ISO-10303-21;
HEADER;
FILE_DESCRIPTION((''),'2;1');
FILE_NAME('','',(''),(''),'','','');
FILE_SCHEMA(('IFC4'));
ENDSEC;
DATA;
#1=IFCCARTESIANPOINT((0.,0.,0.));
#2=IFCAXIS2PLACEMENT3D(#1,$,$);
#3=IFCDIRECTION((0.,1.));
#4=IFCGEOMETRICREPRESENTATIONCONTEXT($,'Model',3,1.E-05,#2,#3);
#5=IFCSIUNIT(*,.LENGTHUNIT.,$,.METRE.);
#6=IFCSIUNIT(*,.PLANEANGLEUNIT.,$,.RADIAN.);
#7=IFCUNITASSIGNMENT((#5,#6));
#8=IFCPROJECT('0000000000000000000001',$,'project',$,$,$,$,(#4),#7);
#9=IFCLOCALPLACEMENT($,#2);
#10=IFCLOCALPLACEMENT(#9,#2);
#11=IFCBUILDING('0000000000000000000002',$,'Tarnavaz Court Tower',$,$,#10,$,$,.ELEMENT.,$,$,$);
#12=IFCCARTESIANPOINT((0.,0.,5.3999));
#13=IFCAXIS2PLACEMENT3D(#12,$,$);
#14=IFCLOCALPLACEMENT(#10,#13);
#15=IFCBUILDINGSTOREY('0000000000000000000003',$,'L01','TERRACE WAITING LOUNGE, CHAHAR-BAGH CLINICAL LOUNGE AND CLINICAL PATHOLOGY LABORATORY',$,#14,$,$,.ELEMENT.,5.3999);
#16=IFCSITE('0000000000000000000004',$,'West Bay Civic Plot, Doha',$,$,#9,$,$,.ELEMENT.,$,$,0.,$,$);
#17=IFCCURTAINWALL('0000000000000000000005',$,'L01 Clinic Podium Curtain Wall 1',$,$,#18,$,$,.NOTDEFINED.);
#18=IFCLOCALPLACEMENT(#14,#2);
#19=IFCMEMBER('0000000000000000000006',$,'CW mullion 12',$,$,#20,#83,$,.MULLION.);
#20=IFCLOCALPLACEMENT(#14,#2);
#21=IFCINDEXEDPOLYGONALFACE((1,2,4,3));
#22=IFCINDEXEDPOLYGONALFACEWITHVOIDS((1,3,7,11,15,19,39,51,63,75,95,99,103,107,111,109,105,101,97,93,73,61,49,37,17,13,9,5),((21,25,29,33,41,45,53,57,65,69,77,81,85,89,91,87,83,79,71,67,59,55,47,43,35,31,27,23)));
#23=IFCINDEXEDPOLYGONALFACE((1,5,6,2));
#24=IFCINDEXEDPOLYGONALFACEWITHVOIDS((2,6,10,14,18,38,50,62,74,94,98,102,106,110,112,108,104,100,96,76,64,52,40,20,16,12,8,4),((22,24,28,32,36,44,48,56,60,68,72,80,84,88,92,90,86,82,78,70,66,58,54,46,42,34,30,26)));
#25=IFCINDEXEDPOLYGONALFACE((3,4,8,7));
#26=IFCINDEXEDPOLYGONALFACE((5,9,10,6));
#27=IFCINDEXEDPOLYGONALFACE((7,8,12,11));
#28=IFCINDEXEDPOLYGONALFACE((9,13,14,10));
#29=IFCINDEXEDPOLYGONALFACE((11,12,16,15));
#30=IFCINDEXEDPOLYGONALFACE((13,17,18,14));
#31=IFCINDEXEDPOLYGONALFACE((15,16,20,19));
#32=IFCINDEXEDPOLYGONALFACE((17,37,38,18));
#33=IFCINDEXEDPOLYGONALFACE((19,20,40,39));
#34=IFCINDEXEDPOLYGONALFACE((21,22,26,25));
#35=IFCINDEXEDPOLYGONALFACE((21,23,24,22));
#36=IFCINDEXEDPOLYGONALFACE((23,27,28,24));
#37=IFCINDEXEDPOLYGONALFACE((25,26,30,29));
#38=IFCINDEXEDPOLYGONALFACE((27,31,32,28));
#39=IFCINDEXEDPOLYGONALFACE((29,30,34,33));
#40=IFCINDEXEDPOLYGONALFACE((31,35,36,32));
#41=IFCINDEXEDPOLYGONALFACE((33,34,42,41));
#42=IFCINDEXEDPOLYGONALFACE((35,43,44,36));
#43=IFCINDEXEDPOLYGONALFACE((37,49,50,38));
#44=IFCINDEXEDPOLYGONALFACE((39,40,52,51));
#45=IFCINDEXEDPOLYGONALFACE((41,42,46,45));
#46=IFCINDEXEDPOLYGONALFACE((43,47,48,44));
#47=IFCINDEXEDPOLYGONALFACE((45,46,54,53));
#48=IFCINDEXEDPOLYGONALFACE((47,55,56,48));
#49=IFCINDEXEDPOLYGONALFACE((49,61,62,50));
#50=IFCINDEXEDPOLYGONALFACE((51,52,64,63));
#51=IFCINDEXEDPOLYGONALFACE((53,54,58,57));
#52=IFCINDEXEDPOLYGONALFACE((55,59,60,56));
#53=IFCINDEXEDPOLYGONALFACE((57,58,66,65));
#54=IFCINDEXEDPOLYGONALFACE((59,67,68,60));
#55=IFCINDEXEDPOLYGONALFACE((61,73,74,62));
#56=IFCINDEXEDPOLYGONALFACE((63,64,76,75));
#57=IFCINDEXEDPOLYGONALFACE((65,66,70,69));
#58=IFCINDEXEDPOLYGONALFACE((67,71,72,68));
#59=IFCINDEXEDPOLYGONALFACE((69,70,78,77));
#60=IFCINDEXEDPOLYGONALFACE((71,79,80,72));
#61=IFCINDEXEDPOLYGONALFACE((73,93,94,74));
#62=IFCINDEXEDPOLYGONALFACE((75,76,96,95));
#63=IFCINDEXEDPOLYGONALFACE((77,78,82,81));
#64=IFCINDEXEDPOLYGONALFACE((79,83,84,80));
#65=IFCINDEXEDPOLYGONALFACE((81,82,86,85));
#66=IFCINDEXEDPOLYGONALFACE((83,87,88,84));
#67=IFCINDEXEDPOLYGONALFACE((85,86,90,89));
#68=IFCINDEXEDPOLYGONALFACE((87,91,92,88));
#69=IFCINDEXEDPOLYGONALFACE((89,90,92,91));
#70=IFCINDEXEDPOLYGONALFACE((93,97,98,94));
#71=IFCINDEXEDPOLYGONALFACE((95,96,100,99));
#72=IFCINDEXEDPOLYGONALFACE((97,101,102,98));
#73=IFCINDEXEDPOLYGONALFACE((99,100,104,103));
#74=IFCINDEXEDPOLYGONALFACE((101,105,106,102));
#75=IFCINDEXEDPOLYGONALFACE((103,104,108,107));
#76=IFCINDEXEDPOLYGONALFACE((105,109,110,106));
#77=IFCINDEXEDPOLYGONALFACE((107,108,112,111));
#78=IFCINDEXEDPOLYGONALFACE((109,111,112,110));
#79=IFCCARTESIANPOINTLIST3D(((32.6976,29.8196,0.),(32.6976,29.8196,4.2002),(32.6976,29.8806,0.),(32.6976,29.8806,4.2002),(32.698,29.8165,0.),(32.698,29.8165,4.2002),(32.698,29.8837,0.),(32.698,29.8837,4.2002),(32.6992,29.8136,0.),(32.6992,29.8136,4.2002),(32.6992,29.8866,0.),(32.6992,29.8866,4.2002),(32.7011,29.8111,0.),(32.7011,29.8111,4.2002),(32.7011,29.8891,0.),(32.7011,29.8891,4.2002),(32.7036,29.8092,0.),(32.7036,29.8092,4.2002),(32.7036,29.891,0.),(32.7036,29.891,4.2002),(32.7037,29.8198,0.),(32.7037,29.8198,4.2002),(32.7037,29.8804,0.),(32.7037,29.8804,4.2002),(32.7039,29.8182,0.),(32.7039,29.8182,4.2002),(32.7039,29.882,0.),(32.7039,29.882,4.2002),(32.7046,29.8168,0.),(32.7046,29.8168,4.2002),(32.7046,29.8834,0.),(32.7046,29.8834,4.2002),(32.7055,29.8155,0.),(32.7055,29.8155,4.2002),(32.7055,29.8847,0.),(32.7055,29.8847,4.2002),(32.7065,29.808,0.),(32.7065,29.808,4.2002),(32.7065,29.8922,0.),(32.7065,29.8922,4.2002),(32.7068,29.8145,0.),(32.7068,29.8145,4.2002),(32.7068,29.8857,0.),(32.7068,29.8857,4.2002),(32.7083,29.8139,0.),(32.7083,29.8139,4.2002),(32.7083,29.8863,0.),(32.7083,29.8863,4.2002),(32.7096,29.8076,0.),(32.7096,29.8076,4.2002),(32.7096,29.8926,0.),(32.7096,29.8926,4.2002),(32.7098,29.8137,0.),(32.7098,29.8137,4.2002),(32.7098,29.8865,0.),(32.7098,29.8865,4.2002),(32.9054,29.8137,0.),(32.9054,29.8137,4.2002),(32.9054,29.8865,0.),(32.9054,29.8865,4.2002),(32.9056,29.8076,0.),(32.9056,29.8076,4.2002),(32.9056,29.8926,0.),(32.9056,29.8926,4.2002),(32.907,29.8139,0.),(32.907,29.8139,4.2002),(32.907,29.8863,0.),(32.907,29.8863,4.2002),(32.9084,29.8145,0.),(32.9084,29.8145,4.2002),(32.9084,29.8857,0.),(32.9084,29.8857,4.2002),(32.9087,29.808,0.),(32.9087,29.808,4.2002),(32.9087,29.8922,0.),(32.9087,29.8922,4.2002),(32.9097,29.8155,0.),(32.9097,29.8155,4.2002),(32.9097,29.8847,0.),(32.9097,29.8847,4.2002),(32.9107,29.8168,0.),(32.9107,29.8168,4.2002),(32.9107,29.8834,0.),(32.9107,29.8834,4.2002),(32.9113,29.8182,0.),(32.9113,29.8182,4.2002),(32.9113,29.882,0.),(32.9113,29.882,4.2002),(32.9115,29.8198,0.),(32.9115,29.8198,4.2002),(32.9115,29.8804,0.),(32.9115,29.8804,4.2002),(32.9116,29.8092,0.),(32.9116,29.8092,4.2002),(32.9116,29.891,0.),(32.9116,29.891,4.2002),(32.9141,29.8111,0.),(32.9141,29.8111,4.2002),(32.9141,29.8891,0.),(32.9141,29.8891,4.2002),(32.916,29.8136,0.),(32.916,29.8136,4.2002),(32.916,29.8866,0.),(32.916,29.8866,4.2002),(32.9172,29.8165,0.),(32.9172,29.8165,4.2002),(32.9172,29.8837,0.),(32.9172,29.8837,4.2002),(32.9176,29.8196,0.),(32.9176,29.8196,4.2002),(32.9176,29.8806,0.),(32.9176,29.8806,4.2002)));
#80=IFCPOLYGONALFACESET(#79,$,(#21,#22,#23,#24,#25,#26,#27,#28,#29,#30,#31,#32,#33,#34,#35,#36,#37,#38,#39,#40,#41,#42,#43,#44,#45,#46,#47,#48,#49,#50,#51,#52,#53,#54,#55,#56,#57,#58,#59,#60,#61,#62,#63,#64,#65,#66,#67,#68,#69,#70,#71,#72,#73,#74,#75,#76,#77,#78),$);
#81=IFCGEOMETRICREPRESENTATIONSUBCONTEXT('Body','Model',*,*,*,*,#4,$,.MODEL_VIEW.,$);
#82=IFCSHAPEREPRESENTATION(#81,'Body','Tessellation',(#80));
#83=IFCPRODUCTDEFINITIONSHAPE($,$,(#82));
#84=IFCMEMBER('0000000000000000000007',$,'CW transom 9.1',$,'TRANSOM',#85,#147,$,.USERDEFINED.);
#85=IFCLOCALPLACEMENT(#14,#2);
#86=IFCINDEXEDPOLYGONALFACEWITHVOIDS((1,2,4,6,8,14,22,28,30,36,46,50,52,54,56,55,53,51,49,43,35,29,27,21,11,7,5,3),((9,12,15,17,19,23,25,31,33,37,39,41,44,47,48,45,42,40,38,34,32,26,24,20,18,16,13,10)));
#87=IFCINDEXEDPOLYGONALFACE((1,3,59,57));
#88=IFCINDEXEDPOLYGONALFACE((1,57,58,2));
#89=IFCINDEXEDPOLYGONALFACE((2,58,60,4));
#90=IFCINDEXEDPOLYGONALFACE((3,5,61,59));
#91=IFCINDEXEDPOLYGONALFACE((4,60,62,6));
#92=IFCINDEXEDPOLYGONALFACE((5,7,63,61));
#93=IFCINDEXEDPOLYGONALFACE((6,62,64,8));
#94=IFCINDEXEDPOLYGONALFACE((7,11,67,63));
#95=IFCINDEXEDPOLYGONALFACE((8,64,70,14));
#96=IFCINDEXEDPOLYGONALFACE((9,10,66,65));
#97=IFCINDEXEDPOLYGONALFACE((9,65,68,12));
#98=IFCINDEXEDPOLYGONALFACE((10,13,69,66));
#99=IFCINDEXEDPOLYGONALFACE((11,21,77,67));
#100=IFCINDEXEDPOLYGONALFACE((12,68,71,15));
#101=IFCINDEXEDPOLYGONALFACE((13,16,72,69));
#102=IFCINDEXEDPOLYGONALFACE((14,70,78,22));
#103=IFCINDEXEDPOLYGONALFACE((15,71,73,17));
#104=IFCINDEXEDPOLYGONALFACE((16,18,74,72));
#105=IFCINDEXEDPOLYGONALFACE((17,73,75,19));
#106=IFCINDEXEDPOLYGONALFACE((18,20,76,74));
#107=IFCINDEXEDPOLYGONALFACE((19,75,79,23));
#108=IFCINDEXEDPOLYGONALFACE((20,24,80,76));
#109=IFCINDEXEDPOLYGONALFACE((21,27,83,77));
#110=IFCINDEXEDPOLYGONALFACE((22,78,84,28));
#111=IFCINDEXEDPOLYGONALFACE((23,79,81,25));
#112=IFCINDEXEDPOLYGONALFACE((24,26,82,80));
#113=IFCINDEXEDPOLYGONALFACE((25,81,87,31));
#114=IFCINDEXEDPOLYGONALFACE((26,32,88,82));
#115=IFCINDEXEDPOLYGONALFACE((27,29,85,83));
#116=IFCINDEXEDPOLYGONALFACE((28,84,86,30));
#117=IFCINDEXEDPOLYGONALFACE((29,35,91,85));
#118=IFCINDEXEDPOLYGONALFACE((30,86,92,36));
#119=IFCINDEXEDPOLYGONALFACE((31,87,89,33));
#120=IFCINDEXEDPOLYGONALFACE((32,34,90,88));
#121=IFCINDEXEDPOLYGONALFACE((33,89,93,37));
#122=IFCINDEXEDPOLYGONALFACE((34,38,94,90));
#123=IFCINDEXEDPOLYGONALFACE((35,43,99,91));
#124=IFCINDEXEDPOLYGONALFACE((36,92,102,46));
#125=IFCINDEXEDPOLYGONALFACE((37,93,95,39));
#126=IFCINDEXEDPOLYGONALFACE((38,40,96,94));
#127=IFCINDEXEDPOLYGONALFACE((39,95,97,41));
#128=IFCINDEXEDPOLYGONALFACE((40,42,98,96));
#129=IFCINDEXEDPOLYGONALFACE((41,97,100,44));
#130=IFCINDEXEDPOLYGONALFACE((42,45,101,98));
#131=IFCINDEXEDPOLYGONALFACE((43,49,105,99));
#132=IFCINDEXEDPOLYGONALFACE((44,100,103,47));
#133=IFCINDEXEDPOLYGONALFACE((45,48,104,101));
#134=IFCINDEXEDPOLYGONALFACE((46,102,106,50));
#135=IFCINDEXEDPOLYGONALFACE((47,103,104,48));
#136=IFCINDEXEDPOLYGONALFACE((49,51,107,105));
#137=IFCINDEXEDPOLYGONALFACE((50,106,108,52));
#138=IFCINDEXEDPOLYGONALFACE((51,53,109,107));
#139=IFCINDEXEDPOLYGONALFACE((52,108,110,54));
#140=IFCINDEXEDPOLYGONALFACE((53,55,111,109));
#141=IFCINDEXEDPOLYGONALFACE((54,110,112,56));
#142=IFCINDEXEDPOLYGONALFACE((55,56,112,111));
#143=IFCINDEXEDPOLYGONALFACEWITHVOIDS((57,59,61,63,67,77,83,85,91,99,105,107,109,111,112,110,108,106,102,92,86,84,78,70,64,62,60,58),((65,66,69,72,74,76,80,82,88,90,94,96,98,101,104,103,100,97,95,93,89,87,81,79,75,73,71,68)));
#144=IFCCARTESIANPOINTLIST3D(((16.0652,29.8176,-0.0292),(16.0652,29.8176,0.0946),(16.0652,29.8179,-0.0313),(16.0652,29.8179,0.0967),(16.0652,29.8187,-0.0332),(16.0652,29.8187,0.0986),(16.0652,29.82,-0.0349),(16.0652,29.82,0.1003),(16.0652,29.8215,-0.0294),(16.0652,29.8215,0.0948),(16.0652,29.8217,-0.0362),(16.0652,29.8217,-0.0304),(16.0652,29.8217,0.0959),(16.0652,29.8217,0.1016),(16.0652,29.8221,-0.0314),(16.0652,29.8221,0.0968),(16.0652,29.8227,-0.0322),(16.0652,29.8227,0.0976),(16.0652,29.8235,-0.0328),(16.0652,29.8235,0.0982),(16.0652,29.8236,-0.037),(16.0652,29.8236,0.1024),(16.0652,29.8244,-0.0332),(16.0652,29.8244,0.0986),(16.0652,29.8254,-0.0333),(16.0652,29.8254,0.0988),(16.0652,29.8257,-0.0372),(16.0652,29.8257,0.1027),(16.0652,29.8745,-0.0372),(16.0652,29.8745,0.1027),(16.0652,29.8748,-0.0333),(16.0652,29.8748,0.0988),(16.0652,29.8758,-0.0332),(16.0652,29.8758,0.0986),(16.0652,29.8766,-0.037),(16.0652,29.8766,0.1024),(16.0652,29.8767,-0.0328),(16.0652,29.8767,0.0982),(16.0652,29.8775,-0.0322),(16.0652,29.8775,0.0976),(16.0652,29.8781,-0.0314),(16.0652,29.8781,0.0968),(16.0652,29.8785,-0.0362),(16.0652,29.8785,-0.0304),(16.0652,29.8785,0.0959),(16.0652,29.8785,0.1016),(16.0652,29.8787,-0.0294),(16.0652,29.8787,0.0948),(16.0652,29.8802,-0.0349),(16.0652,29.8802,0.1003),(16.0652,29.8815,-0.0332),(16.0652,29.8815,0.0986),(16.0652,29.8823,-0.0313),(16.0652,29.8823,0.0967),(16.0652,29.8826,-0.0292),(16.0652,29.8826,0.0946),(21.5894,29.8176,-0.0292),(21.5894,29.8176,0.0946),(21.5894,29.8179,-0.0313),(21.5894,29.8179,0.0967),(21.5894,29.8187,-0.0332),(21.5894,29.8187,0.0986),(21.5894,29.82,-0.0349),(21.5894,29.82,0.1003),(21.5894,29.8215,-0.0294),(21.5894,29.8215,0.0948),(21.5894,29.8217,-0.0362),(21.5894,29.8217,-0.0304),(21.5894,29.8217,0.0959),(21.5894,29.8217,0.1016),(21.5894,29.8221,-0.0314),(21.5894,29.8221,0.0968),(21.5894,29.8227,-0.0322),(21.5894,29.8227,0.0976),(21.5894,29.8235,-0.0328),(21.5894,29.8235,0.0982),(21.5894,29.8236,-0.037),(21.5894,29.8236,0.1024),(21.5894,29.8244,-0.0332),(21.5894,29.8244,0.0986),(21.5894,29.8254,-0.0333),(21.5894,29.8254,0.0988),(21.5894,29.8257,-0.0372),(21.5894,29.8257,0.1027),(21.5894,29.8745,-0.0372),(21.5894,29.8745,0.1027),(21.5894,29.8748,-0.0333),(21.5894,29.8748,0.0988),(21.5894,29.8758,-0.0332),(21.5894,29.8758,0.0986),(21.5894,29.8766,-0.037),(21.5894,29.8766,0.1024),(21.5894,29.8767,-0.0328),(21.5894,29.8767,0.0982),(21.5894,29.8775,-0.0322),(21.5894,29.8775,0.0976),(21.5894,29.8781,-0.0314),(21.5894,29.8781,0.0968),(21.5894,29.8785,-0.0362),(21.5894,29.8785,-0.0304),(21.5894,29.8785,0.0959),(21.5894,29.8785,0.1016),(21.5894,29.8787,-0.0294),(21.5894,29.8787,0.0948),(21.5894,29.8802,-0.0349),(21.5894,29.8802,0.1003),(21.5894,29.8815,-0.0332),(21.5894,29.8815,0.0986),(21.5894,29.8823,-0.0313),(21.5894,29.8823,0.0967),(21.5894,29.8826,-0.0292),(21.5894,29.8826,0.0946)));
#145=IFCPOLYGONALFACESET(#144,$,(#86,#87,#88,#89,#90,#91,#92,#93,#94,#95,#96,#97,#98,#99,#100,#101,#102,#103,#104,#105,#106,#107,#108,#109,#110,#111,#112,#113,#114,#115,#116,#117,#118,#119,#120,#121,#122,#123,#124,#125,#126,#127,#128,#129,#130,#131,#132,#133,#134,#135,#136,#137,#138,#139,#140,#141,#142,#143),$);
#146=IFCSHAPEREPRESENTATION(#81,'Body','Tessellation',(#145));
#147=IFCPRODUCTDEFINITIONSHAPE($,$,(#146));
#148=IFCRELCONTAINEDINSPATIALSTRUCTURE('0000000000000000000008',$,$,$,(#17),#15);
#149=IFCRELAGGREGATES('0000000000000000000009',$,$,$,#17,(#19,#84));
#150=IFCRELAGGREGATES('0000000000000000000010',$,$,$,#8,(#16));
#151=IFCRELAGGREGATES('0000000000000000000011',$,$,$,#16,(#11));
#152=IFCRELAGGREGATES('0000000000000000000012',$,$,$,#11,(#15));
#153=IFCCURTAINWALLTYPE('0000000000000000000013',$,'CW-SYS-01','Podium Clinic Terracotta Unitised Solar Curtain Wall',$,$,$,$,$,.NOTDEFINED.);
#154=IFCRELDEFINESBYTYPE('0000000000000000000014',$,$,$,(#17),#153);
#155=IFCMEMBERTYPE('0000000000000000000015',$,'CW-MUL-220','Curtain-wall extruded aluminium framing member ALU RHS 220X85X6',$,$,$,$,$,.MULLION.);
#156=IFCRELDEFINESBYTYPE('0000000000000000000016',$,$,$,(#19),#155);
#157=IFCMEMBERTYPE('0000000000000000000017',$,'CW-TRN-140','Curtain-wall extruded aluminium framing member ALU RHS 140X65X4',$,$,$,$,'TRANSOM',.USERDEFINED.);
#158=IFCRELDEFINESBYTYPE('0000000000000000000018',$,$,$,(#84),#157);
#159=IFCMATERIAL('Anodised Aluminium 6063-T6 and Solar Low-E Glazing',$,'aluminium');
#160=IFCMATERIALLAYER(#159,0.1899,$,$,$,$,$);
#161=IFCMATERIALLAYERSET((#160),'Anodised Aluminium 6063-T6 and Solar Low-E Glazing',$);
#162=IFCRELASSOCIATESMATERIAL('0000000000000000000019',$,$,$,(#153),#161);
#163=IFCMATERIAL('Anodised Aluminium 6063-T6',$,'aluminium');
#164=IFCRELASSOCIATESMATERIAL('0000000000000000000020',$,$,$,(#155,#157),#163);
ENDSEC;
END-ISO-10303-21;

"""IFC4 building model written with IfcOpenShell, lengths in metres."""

from ifc_helpers import new_model, si_unit, direction, frame, origin, origin_2d, place, context, subcontext, project, spatial, hollow_rectangle, extrude, material, layer, layer_set, material_profile, profile_set, type_object, element, aggregate, save


model = new_model("IFC4")

# Units and contexts
model_context = context("Model", 3, precision=1e-05, world=origin(), true_north=direction((0.0, 1.0)))
body_context = subcontext(model_context, "Body", "Model", "MODEL_VIEW")
ifc_project = project(units=[si_unit("LENGTHUNIT", "METRE"), si_unit("PLANEANGLEUNIT", "RADIAN")], contexts=[model_context])

# Site, building, storey
site_placement = place(None, origin())
site = spatial("IfcSite", under=ifc_project, at=site_placement, Name="West Bay Civic Plot, Doha", CompositionType="ELEMENT", RefElevation=0.0)
building_placement = place(site_placement, origin())
building = spatial("IfcBuilding", under=site, at=building_placement, Name="Tarnavaz Court Tower", CompositionType="ELEMENT")
storey_placement = place(building_placement, frame((0.0, 0.0, 5.3999)))
storey = spatial("IfcBuildingStorey", under=building, at=storey_placement, Name="L01", Description="TERRACE WAITING LOUNGE, CHAHAR-BAGH CLINICAL LOUNGE AND CLINICAL PATHOLOGY LABORATORY", CompositionType="ELEMENT", Elevation=5.3999)

# Curtain wall, members
ifc_material_1 = material(Name="Anodised Aluminium 6063-T6 and Solar Low-E Glazing", Category="aluminium")
ifc_layer_1 = layer(ifc_material_1, 0.1899)
ifc_layer_set_1 = layer_set([ifc_layer_1], Name="Anodised Aluminium 6063-T6 and Solar Low-E Glazing")
curtain_wall_type = type_object("IfcCurtainWallType", Name="CW-SYS-01", Description="Podium Clinic Terracotta Unitised Solar Curtain Wall", PredefinedType="NOTDEFINED", material=ifc_layer_set_1)
curtain_wall_placement = place(storey_placement, origin())
curtain_wall = element("IfcCurtainWall", 1, at=curtain_wall_placement, inside=storey, type_object=curtain_wall_type, Name="L01 Clinic Podium Curtain Wall 1", PredefinedType="NOTDEFINED")
ifc_material_2 = material(Name="Anodised Aluminium 6063-T6", Category="aluminium")
ifc_material_profile_1 = material_profile(ifc_material_2, hollow_rectangle(XDim=0.085, YDim=0.22, WallThickness=0.0061, InnerFilletRadius=0.0061, OuterFilletRadius=0.012, at=origin_2d()), Name="ALU RHS 220X85X6")
ifc_profile_set_1 = profile_set([ifc_material_profile_1], Name="Anodised Aluminium 6063-T6")
member_type_1 = type_object("IfcMemberType", Name="CW-MUL-220", Description="Curtain-wall extruded aluminium framing member ALU RHS 220X85X6", PredefinedType="MULLION", material=ifc_profile_set_1)
member_1_placement = place(storey_placement, frame((32.8076, 29.8501, 0.0), z_axis=(0.0, 0.0, 1.0), x_axis=(0.0, 1.0, 0.0)))
member_1 = element("IfcMember", 2, at=member_1_placement, type_object=member_type_1, Name="CW mullion 12", PredefinedType="MULLION", context=body_context, shape_type="SweptSolid", body=[
    extrude(hollow_rectangle(XDim=0.085, YDim=0.22, WallThickness=0.0061, InnerFilletRadius=0.0061, OuterFilletRadius=0.012, at=origin_2d()), origin(), (0.0, 0.0, 1.0), 4.2002),
])
ifc_material_profile_2 = material_profile(ifc_material_2, hollow_rectangle(XDim=0.0649, YDim=0.1399, WallThickness=0.0039, InnerFilletRadius=0.0039, OuterFilletRadius=0.0081, at=origin_2d()), Name="ALU RHS 140X65X4")
ifc_profile_set_2 = profile_set([ifc_material_profile_2], Name="Anodised Aluminium 6063-T6")
member_type_2 = type_object("IfcMemberType", Name="CW-TRN-140", Description="Curtain-wall extruded aluminium framing member ALU RHS 140X65X4", ElementType="TRANSOM", PredefinedType="USERDEFINED", material=ifc_profile_set_2)
member_2_placement = place(storey_placement, frame((16.0652, 29.8501, 0.0327), z_axis=(1.0, 0.0, 0.0), x_axis=(0.0, 1.0, 0.0)))
member_2 = element("IfcMember", 3, at=member_2_placement, type_object=member_type_2, Name="CW transom 9.1", ObjectType="TRANSOM", PredefinedType="USERDEFINED", context=body_context, shape_type="SweptSolid", body=[
    extrude(hollow_rectangle(XDim=0.0649, YDim=0.1399, WallThickness=0.0039, InnerFilletRadius=0.0039, OuterFilletRadius=0.0081, at=origin_2d()), origin(), (0.0, 0.0, 1.0), 5.5242),
])
aggregate(curtain_wall, [member_1, member_2])

save(model, "model.ifc")
